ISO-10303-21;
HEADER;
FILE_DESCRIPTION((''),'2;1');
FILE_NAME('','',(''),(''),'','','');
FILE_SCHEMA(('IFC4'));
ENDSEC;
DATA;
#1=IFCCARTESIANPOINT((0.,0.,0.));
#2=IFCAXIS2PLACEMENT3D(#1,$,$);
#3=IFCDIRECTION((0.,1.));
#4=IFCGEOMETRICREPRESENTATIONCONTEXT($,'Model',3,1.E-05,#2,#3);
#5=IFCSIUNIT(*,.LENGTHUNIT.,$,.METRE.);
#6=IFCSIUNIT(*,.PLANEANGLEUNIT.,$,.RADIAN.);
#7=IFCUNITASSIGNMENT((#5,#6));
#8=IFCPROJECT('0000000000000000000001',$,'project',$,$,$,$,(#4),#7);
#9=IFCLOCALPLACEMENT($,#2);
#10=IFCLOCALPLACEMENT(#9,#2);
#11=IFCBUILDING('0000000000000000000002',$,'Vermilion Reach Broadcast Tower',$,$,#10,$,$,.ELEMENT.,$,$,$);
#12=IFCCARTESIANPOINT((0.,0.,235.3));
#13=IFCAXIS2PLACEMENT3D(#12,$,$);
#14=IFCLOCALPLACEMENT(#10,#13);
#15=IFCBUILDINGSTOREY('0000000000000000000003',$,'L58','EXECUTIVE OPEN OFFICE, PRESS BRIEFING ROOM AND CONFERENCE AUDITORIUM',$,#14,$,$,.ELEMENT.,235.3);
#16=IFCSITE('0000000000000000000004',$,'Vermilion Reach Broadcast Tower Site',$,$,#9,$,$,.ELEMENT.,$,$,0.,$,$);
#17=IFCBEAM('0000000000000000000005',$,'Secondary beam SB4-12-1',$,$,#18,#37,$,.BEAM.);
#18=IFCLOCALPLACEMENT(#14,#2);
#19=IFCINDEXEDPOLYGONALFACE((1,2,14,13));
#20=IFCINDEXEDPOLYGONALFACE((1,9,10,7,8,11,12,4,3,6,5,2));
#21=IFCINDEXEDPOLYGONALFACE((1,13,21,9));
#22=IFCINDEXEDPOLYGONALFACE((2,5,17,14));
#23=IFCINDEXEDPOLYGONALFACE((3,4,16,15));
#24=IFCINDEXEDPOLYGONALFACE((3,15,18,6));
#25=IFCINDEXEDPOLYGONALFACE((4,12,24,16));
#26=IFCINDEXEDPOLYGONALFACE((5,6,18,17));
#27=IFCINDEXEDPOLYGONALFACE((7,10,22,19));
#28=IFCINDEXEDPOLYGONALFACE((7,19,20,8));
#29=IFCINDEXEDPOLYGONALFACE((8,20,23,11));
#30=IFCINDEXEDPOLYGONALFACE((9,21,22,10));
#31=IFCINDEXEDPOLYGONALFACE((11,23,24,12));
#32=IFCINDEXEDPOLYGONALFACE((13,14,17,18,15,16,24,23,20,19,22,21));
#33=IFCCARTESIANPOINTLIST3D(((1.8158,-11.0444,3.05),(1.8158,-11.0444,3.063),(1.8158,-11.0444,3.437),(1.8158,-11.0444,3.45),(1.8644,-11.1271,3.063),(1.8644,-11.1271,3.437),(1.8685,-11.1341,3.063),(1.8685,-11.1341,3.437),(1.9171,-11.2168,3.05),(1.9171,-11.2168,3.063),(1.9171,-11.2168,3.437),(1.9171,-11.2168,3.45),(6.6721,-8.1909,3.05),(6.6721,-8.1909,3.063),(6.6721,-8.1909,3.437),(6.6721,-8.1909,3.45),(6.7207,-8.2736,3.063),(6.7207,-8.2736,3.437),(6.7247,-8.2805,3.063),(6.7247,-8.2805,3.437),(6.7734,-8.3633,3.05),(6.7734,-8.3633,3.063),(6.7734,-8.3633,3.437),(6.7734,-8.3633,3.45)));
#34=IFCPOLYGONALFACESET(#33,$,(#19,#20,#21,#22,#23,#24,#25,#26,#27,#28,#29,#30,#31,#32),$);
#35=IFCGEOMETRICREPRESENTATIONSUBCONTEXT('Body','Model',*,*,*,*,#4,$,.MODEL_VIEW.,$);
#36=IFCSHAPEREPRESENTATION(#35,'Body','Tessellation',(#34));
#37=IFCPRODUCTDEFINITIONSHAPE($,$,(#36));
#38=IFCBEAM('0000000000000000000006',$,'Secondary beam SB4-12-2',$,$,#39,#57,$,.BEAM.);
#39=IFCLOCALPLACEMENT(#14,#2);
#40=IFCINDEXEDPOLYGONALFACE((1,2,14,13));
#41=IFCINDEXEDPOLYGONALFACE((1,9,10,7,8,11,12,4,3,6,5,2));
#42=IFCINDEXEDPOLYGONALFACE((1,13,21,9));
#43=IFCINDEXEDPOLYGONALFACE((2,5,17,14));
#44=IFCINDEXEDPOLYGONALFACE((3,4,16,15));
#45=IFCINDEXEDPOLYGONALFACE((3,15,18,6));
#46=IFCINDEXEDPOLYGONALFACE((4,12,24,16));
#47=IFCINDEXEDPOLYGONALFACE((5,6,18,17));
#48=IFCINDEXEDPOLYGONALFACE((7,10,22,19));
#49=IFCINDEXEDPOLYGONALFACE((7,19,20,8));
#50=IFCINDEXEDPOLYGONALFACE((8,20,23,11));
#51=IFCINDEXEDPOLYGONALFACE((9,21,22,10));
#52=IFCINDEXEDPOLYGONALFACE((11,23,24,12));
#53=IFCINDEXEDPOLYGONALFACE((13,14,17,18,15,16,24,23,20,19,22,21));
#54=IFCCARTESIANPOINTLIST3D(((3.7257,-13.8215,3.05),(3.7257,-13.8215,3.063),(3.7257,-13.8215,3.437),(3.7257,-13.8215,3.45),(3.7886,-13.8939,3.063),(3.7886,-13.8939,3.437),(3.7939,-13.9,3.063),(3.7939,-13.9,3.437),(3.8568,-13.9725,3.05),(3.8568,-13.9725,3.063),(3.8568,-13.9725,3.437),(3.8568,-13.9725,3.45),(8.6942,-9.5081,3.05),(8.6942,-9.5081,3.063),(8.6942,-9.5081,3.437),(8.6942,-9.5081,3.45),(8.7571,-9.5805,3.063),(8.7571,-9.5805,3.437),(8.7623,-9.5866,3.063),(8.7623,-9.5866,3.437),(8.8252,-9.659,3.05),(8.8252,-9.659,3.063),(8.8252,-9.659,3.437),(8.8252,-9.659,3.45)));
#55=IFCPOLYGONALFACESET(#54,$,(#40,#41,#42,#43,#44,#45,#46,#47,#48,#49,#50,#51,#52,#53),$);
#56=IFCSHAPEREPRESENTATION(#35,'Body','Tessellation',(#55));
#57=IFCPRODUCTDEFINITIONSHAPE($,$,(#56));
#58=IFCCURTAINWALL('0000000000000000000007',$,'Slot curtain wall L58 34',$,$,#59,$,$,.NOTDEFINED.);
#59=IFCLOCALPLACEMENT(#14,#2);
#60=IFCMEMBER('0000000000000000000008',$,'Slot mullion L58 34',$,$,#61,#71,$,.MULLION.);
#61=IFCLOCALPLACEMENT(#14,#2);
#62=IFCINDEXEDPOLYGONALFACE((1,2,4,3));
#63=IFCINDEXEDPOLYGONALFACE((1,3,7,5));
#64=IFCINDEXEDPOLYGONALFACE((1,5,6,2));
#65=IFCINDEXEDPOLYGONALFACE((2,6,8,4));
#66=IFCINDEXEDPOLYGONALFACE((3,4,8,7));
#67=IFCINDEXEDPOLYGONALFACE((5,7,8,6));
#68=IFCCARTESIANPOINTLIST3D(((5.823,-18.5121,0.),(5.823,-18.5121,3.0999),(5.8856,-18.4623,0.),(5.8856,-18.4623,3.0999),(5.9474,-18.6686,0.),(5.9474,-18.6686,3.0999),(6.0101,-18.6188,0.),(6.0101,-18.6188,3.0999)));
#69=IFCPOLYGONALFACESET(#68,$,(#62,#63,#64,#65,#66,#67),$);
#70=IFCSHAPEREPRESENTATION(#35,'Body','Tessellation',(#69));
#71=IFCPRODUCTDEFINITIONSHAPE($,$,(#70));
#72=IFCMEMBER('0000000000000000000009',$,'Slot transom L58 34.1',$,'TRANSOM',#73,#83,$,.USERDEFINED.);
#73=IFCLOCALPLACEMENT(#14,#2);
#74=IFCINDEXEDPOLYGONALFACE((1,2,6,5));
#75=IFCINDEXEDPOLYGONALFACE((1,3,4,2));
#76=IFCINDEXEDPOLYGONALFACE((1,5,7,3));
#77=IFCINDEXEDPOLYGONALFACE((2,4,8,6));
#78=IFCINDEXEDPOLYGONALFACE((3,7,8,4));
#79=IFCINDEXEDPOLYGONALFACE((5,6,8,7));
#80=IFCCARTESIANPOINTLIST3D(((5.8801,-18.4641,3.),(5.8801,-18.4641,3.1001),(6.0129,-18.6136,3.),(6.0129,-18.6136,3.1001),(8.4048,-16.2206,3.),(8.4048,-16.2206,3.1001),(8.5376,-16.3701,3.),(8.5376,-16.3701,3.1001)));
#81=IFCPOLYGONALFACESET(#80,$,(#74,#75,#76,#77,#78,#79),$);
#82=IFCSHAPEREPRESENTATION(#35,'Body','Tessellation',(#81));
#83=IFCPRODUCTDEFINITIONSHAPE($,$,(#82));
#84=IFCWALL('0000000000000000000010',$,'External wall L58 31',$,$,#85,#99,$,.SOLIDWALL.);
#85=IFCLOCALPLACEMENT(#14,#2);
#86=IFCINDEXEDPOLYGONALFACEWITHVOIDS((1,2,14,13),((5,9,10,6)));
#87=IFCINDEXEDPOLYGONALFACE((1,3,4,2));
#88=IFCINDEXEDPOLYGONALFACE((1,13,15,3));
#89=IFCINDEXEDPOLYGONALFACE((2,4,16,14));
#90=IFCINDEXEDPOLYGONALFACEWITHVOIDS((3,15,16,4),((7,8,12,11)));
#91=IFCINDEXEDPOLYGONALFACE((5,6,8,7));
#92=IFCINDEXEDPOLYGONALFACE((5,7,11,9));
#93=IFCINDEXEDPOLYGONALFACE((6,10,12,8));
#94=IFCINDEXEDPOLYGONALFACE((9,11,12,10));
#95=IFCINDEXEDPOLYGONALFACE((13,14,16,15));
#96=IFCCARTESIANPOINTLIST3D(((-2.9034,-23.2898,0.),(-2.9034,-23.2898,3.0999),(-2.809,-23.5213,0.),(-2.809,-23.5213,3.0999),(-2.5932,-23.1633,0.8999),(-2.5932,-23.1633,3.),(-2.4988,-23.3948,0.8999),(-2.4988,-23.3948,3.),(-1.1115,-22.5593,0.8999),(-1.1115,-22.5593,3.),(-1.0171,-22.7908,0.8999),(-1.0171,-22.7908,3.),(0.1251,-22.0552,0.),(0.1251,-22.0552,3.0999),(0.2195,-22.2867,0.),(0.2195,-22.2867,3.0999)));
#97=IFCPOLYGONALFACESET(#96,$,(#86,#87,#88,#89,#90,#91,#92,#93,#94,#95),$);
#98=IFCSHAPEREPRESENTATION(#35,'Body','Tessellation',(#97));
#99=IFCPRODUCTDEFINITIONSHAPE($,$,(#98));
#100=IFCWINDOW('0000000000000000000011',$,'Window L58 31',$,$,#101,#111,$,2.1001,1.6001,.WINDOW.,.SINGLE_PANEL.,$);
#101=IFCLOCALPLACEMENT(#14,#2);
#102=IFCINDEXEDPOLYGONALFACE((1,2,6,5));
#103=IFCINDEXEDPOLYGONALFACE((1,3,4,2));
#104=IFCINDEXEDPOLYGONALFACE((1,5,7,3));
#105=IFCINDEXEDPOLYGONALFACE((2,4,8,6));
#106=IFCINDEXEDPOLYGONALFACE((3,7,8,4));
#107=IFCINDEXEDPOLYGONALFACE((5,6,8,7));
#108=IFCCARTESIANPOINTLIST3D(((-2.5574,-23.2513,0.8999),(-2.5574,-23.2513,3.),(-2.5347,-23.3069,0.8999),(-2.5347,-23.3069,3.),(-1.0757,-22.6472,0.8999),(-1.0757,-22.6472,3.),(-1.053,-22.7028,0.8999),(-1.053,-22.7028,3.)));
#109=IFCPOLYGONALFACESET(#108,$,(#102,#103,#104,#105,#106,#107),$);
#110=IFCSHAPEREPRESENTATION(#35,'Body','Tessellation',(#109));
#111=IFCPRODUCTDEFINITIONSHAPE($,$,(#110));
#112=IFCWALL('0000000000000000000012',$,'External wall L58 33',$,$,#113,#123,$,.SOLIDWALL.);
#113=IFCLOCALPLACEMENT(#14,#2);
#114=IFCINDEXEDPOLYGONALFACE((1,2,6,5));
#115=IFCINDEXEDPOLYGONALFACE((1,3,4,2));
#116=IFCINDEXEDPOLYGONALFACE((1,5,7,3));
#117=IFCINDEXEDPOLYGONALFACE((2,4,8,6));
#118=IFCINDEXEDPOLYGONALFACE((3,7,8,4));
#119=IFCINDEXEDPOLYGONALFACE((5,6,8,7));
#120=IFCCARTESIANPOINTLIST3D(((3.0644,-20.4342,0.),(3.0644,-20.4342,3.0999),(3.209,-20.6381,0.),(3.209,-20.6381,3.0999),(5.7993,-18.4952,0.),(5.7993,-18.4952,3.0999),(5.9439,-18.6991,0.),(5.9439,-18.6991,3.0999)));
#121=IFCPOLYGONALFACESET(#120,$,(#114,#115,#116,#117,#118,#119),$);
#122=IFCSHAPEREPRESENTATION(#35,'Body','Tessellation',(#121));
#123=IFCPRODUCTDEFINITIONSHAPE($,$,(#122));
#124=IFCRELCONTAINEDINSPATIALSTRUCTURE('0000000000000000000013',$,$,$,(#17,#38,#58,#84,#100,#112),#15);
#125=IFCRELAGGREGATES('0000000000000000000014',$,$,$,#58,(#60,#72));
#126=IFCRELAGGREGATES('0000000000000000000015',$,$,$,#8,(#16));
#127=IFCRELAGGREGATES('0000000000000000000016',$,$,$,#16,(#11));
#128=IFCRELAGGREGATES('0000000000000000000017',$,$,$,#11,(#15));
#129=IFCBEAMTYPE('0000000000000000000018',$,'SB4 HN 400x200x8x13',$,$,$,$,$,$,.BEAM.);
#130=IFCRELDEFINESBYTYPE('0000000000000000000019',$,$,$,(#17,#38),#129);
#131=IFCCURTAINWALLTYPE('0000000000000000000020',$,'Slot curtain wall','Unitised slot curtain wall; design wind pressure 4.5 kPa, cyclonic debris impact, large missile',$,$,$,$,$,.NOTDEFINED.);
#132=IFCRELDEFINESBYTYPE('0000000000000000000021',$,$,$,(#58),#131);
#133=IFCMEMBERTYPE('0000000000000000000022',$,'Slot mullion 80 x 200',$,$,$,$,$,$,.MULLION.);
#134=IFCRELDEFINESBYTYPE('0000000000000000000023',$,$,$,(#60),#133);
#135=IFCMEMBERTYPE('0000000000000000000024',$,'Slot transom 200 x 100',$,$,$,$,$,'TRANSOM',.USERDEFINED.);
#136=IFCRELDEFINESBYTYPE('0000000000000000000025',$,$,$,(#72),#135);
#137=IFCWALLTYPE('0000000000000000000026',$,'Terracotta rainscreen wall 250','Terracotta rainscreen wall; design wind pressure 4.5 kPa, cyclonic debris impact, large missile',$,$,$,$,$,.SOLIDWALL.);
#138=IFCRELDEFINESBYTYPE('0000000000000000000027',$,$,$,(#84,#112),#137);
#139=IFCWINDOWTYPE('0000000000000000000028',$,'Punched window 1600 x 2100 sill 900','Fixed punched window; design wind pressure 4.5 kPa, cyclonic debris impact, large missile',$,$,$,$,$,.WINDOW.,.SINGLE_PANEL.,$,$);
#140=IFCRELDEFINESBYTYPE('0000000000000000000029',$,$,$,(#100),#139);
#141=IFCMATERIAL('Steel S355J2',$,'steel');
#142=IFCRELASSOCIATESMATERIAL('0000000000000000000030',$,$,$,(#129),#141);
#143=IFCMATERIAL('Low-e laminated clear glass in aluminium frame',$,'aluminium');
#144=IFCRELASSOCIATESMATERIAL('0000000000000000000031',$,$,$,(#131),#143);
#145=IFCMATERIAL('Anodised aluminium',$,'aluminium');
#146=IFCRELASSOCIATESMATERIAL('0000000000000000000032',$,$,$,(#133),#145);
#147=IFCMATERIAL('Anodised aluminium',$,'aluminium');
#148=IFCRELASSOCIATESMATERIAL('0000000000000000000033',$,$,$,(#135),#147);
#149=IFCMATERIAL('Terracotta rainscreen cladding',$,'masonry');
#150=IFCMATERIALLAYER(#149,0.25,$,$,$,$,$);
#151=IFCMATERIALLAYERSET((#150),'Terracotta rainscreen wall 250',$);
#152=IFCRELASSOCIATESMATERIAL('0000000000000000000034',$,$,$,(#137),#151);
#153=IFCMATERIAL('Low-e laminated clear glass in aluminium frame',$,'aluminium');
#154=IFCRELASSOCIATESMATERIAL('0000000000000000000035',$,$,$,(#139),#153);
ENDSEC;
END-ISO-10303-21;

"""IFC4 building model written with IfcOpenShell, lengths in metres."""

from ifc_helpers import new_model, si_unit, direction, frame, frame_2d, origin, origin_2d, place, context, subcontext, project, spatial, rectangle, i_section, extrude, material, layer, layer_set, material_profile, profile_set, type_object, element, fill, aggregate, save


model = new_model("IFC4")

# Units and contexts
model_context = context("Model", 3, precision=1e-05, world=origin(), true_north=direction((0.0, 1.0)))
body_context = subcontext(model_context, "Body", "Model", "MODEL_VIEW")
ifc_project = project(units=[si_unit("LENGTHUNIT", "METRE"), si_unit("PLANEANGLEUNIT", "RADIAN")], contexts=[model_context])

# Site, building, storey
site_placement = place(None, origin())
site = spatial("IfcSite", under=ifc_project, at=site_placement, Name="Vermilion Reach Broadcast Tower Site", CompositionType="ELEMENT", RefElevation=0.0)
building_placement = place(site_placement, origin())
building = spatial("IfcBuilding", under=site, at=building_placement, Name="Vermilion Reach Broadcast Tower", CompositionType="ELEMENT")
storey_placement = place(building_placement, frame((0.0, 0.0, 235.3)))
storey = spatial("IfcBuildingStorey", under=building, at=storey_placement, Name="L58", Description="EXECUTIVE OPEN OFFICE, PRESS BRIEFING ROOM AND CONFERENCE AUDITORIUM", CompositionType="ELEMENT", Elevation=235.3)

# Beams
ifc_material_1 = material(Name="Steel S355J2", Category="steel")
ifc_material_profile_1 = material_profile(ifc_material_1, i_section(OverallWidth=0.2, OverallDepth=0.3999, WebThickness=0.0081, FlangeThickness=0.0129, at=origin_2d()), Name="S355J2 HN 400x200x8x13")
ifc_profile_set_1 = profile_set([ifc_material_profile_1], Name="Steel S355J2")
beam_type_1 = type_object("IfcBeamType", Name="SB4 HN 400x200x8x13", PredefinedType="BEAM", material=ifc_profile_set_1)
beam_1_placement = place(storey_placement, frame((1.8665, -11.1306, 3.25), z_axis=(0.862173, 0.506615, 0.0), x_axis=(-0.506615, 0.862173, 0.0)))
element("IfcBeam", 1, at=beam_1_placement, inside=storey, type_object=beam_type_1, Name="Secondary beam SB4-12-1", PredefinedType="BEAM", context=body_context, shape_type="SweptSolid", body=[
    extrude(i_section(OverallWidth=0.2, OverallDepth=0.3999, WebThickness=0.0081, FlangeThickness=0.0129, at=origin_2d()), origin(), (0.0, 0.0, 1.0), 5.6326),
])
beam_2_placement = place(storey_placement, frame((3.7913, -13.897, 3.25), z_axis=(0.755129, 0.655576, 0.0), x_axis=(-0.655576, 0.755129, 0.0)))
element("IfcBeam", 2, at=beam_2_placement, inside=storey, type_object=beam_type_1, Name="Secondary beam SB4-12-2", PredefinedType="BEAM", context=body_context, shape_type="SweptSolid", body=[
    extrude(i_section(OverallWidth=0.2, OverallDepth=0.3999, WebThickness=0.0081, FlangeThickness=0.0129, at=origin_2d()), origin(), (0.0, 0.0, 1.0), 6.5796),
])

# Curtain wall, members
ifc_material_2 = material(Name="Low-e laminated clear glass in aluminium frame", Category="aluminium")
curtain_wall_type = type_object("IfcCurtainWallType", Name="Slot curtain wall", Description="Unitised slot curtain wall; design wind pressure 4.5 kPa, cyclonic debris impact, large missile", PredefinedType="NOTDEFINED", material=ifc_material_2)
curtain_wall_placement = place(storey_placement, origin())
curtain_wall = element("IfcCurtainWall", 3, at=curtain_wall_placement, inside=storey, type_object=curtain_wall_type, Name="Slot curtain wall L58 34", PredefinedType="NOTDEFINED")
ifc_material_3 = material(Name="Anodised aluminium", Category="aluminium")
ifc_material_profile_2 = material_profile(ifc_material_3, rectangle(XDim=0.2, YDim=0.0801, at=origin_2d()), Name="Slot mullion 80 x 200")
ifc_profile_set_2 = profile_set([ifc_material_profile_2], Name="Anodised aluminium")
member_type_1 = type_object("IfcMemberType", Name="Slot mullion 80 x 200", PredefinedType="MULLION", material=ifc_profile_set_2)
member_1_placement = place(storey_placement, frame((5.9165, -18.5654, 0.0), z_axis=(0.0, 0.0, 1.0), x_axis=(-0.622228, 0.782836, 0.0)))
member_1 = element("IfcMember", 4, at=member_1_placement, type_object=member_type_1, Name="Slot mullion L58 34", PredefinedType="MULLION", context=body_context, shape_type="SweptSolid", body=[
    extrude(rectangle(XDim=0.2, YDim=0.0801, at=origin_2d()), origin(), (0.0, 0.0, 1.0), 3.0999),
])
ifc_material_4 = material(Name="Anodised aluminium", Category="aluminium")
ifc_material_profile_3 = material_profile(ifc_material_4, rectangle(XDim=0.2, YDim=0.1001, at=origin_2d()), Name="Slot transom 200 x 100")
ifc_profile_set_3 = profile_set([ifc_material_profile_3], Name="Anodised aluminium")
member_type_2 = type_object("IfcMemberType", Name="Slot transom 200 x 100", ElementType="TRANSOM", PredefinedType="USERDEFINED", material=ifc_profile_set_3)
member_2_placement = place(storey_placement, frame((5.9465, -18.5388, 3.05), z_axis=(0.747517, 0.664243, 0.0), x_axis=(-0.664243, 0.747517, 0.0)))
member_2 = element("IfcMember", 5, at=member_2_placement, type_object=member_type_2, Name="Slot transom L58 34.1", ObjectType="TRANSOM", PredefinedType="USERDEFINED", context=body_context, shape_type="SweptSolid", body=[
    extrude(rectangle(XDim=0.2, YDim=0.1001, at=origin_2d()), origin(), (0.0, 0.0, 1.0), 3.3774),
])
aggregate(curtain_wall, [member_1, member_2])

# Wall, opening, window
ifc_material_5 = material(Name="Terracotta rainscreen cladding", Category="masonry")
ifc_layer = layer(ifc_material_5, 0.25)
ifc_layer_set = layer_set([ifc_layer], Name="Terracotta rainscreen wall 250")
wall_type = type_object("IfcWallType", Name="Terracotta rainscreen wall 250", Description="Terracotta rainscreen wall; design wind pressure 4.5 kPa, cyclonic debris impact, large missile", PredefinedType="SOLIDWALL", material=ifc_layer_set)
wall_1_placement = place(storey_placement, frame((-2.8562, -23.4055, 0.0), z_axis=(0.0, 0.0, 1.0), x_axis=(0.926011, 0.377496, 0.0)))
wall_1 = element("IfcWall", 6, at=wall_1_placement, inside=storey, type_object=wall_type, Name="External wall L58 31", PredefinedType="SOLIDWALL", context=body_context, shape_type="SweptSolid", body=[
    extrude(rectangle(XDim=3.2705, YDim=0.25, at=frame_2d((1.6353, 0.0))), origin(), (0.0, 0.0, 1.0), 3.0999),
])
opening_1_placement = place(wall_1_placement, frame((0.335, 0.0, 0.8999)))
opening_1 = element("IfcOpeningElement", 7, at=opening_1_placement, cuts=wall_1, PredefinedType="OPENING", context=body_context, shape_type="SweptSolid", body=[
    extrude(rectangle(XDim=1.6001, YDim=2.1001, at=frame_2d((0.8, 1.05))), frame((0.0, 0.135, 0.0), z_axis=(0.0, -1.0, 0.0), x_axis=(1.0, 0.0, 0.0)), (0.0, 0.0, 1.0), 0.27),
])
ifc_material_6 = material(Name="Low-e laminated clear glass in aluminium frame", Category="aluminium")
window_type = type_object("IfcWindowType", Name="Punched window 1600 x 2100 sill 900", Description="Fixed punched window; design wind pressure 4.5 kPa, cyclonic debris impact, large missile", PartitioningType="SINGLE_PANEL", PredefinedType="WINDOW", material=ifc_material_6)
window_placement = place(opening_1_placement, origin())
window = element("IfcWindow", 8, at=window_placement, inside=storey, type_object=window_type, Name="Window L58 31", OverallHeight=2.1001, OverallWidth=1.6001, PartitioningType="SINGLE_PANEL", PredefinedType="WINDOW", context=body_context, shape_type="SweptSolid", body=[
    extrude(rectangle(XDim=1.6001, YDim=2.1001, at=frame_2d((0.8, 1.05))), frame((0.0, 0.03, 0.0), z_axis=(0.0, -1.0, 0.0), x_axis=(1.0, 0.0, 0.0)), (0.0, 0.0, 1.0), 0.0601),
])
fill(opening_1, window)

# Wall
wall_2_placement = place(storey_placement, frame((3.1367, -20.5361, 0.0), z_axis=(0.0, 0.0, 1.0), x_axis=(0.815775, 0.578369, 0.0)))
element("IfcWall", 9, at=wall_2_placement, inside=storey, type_object=wall_type, Name="External wall L58 33", PredefinedType="SOLIDWALL", context=body_context, shape_type="SweptSolid", body=[
    extrude(rectangle(XDim=3.3525, YDim=0.25, at=frame_2d((1.6763, 0.0))), origin(), (0.0, 0.0, 1.0), 3.0999),
])

save(model, "model.ifc")
